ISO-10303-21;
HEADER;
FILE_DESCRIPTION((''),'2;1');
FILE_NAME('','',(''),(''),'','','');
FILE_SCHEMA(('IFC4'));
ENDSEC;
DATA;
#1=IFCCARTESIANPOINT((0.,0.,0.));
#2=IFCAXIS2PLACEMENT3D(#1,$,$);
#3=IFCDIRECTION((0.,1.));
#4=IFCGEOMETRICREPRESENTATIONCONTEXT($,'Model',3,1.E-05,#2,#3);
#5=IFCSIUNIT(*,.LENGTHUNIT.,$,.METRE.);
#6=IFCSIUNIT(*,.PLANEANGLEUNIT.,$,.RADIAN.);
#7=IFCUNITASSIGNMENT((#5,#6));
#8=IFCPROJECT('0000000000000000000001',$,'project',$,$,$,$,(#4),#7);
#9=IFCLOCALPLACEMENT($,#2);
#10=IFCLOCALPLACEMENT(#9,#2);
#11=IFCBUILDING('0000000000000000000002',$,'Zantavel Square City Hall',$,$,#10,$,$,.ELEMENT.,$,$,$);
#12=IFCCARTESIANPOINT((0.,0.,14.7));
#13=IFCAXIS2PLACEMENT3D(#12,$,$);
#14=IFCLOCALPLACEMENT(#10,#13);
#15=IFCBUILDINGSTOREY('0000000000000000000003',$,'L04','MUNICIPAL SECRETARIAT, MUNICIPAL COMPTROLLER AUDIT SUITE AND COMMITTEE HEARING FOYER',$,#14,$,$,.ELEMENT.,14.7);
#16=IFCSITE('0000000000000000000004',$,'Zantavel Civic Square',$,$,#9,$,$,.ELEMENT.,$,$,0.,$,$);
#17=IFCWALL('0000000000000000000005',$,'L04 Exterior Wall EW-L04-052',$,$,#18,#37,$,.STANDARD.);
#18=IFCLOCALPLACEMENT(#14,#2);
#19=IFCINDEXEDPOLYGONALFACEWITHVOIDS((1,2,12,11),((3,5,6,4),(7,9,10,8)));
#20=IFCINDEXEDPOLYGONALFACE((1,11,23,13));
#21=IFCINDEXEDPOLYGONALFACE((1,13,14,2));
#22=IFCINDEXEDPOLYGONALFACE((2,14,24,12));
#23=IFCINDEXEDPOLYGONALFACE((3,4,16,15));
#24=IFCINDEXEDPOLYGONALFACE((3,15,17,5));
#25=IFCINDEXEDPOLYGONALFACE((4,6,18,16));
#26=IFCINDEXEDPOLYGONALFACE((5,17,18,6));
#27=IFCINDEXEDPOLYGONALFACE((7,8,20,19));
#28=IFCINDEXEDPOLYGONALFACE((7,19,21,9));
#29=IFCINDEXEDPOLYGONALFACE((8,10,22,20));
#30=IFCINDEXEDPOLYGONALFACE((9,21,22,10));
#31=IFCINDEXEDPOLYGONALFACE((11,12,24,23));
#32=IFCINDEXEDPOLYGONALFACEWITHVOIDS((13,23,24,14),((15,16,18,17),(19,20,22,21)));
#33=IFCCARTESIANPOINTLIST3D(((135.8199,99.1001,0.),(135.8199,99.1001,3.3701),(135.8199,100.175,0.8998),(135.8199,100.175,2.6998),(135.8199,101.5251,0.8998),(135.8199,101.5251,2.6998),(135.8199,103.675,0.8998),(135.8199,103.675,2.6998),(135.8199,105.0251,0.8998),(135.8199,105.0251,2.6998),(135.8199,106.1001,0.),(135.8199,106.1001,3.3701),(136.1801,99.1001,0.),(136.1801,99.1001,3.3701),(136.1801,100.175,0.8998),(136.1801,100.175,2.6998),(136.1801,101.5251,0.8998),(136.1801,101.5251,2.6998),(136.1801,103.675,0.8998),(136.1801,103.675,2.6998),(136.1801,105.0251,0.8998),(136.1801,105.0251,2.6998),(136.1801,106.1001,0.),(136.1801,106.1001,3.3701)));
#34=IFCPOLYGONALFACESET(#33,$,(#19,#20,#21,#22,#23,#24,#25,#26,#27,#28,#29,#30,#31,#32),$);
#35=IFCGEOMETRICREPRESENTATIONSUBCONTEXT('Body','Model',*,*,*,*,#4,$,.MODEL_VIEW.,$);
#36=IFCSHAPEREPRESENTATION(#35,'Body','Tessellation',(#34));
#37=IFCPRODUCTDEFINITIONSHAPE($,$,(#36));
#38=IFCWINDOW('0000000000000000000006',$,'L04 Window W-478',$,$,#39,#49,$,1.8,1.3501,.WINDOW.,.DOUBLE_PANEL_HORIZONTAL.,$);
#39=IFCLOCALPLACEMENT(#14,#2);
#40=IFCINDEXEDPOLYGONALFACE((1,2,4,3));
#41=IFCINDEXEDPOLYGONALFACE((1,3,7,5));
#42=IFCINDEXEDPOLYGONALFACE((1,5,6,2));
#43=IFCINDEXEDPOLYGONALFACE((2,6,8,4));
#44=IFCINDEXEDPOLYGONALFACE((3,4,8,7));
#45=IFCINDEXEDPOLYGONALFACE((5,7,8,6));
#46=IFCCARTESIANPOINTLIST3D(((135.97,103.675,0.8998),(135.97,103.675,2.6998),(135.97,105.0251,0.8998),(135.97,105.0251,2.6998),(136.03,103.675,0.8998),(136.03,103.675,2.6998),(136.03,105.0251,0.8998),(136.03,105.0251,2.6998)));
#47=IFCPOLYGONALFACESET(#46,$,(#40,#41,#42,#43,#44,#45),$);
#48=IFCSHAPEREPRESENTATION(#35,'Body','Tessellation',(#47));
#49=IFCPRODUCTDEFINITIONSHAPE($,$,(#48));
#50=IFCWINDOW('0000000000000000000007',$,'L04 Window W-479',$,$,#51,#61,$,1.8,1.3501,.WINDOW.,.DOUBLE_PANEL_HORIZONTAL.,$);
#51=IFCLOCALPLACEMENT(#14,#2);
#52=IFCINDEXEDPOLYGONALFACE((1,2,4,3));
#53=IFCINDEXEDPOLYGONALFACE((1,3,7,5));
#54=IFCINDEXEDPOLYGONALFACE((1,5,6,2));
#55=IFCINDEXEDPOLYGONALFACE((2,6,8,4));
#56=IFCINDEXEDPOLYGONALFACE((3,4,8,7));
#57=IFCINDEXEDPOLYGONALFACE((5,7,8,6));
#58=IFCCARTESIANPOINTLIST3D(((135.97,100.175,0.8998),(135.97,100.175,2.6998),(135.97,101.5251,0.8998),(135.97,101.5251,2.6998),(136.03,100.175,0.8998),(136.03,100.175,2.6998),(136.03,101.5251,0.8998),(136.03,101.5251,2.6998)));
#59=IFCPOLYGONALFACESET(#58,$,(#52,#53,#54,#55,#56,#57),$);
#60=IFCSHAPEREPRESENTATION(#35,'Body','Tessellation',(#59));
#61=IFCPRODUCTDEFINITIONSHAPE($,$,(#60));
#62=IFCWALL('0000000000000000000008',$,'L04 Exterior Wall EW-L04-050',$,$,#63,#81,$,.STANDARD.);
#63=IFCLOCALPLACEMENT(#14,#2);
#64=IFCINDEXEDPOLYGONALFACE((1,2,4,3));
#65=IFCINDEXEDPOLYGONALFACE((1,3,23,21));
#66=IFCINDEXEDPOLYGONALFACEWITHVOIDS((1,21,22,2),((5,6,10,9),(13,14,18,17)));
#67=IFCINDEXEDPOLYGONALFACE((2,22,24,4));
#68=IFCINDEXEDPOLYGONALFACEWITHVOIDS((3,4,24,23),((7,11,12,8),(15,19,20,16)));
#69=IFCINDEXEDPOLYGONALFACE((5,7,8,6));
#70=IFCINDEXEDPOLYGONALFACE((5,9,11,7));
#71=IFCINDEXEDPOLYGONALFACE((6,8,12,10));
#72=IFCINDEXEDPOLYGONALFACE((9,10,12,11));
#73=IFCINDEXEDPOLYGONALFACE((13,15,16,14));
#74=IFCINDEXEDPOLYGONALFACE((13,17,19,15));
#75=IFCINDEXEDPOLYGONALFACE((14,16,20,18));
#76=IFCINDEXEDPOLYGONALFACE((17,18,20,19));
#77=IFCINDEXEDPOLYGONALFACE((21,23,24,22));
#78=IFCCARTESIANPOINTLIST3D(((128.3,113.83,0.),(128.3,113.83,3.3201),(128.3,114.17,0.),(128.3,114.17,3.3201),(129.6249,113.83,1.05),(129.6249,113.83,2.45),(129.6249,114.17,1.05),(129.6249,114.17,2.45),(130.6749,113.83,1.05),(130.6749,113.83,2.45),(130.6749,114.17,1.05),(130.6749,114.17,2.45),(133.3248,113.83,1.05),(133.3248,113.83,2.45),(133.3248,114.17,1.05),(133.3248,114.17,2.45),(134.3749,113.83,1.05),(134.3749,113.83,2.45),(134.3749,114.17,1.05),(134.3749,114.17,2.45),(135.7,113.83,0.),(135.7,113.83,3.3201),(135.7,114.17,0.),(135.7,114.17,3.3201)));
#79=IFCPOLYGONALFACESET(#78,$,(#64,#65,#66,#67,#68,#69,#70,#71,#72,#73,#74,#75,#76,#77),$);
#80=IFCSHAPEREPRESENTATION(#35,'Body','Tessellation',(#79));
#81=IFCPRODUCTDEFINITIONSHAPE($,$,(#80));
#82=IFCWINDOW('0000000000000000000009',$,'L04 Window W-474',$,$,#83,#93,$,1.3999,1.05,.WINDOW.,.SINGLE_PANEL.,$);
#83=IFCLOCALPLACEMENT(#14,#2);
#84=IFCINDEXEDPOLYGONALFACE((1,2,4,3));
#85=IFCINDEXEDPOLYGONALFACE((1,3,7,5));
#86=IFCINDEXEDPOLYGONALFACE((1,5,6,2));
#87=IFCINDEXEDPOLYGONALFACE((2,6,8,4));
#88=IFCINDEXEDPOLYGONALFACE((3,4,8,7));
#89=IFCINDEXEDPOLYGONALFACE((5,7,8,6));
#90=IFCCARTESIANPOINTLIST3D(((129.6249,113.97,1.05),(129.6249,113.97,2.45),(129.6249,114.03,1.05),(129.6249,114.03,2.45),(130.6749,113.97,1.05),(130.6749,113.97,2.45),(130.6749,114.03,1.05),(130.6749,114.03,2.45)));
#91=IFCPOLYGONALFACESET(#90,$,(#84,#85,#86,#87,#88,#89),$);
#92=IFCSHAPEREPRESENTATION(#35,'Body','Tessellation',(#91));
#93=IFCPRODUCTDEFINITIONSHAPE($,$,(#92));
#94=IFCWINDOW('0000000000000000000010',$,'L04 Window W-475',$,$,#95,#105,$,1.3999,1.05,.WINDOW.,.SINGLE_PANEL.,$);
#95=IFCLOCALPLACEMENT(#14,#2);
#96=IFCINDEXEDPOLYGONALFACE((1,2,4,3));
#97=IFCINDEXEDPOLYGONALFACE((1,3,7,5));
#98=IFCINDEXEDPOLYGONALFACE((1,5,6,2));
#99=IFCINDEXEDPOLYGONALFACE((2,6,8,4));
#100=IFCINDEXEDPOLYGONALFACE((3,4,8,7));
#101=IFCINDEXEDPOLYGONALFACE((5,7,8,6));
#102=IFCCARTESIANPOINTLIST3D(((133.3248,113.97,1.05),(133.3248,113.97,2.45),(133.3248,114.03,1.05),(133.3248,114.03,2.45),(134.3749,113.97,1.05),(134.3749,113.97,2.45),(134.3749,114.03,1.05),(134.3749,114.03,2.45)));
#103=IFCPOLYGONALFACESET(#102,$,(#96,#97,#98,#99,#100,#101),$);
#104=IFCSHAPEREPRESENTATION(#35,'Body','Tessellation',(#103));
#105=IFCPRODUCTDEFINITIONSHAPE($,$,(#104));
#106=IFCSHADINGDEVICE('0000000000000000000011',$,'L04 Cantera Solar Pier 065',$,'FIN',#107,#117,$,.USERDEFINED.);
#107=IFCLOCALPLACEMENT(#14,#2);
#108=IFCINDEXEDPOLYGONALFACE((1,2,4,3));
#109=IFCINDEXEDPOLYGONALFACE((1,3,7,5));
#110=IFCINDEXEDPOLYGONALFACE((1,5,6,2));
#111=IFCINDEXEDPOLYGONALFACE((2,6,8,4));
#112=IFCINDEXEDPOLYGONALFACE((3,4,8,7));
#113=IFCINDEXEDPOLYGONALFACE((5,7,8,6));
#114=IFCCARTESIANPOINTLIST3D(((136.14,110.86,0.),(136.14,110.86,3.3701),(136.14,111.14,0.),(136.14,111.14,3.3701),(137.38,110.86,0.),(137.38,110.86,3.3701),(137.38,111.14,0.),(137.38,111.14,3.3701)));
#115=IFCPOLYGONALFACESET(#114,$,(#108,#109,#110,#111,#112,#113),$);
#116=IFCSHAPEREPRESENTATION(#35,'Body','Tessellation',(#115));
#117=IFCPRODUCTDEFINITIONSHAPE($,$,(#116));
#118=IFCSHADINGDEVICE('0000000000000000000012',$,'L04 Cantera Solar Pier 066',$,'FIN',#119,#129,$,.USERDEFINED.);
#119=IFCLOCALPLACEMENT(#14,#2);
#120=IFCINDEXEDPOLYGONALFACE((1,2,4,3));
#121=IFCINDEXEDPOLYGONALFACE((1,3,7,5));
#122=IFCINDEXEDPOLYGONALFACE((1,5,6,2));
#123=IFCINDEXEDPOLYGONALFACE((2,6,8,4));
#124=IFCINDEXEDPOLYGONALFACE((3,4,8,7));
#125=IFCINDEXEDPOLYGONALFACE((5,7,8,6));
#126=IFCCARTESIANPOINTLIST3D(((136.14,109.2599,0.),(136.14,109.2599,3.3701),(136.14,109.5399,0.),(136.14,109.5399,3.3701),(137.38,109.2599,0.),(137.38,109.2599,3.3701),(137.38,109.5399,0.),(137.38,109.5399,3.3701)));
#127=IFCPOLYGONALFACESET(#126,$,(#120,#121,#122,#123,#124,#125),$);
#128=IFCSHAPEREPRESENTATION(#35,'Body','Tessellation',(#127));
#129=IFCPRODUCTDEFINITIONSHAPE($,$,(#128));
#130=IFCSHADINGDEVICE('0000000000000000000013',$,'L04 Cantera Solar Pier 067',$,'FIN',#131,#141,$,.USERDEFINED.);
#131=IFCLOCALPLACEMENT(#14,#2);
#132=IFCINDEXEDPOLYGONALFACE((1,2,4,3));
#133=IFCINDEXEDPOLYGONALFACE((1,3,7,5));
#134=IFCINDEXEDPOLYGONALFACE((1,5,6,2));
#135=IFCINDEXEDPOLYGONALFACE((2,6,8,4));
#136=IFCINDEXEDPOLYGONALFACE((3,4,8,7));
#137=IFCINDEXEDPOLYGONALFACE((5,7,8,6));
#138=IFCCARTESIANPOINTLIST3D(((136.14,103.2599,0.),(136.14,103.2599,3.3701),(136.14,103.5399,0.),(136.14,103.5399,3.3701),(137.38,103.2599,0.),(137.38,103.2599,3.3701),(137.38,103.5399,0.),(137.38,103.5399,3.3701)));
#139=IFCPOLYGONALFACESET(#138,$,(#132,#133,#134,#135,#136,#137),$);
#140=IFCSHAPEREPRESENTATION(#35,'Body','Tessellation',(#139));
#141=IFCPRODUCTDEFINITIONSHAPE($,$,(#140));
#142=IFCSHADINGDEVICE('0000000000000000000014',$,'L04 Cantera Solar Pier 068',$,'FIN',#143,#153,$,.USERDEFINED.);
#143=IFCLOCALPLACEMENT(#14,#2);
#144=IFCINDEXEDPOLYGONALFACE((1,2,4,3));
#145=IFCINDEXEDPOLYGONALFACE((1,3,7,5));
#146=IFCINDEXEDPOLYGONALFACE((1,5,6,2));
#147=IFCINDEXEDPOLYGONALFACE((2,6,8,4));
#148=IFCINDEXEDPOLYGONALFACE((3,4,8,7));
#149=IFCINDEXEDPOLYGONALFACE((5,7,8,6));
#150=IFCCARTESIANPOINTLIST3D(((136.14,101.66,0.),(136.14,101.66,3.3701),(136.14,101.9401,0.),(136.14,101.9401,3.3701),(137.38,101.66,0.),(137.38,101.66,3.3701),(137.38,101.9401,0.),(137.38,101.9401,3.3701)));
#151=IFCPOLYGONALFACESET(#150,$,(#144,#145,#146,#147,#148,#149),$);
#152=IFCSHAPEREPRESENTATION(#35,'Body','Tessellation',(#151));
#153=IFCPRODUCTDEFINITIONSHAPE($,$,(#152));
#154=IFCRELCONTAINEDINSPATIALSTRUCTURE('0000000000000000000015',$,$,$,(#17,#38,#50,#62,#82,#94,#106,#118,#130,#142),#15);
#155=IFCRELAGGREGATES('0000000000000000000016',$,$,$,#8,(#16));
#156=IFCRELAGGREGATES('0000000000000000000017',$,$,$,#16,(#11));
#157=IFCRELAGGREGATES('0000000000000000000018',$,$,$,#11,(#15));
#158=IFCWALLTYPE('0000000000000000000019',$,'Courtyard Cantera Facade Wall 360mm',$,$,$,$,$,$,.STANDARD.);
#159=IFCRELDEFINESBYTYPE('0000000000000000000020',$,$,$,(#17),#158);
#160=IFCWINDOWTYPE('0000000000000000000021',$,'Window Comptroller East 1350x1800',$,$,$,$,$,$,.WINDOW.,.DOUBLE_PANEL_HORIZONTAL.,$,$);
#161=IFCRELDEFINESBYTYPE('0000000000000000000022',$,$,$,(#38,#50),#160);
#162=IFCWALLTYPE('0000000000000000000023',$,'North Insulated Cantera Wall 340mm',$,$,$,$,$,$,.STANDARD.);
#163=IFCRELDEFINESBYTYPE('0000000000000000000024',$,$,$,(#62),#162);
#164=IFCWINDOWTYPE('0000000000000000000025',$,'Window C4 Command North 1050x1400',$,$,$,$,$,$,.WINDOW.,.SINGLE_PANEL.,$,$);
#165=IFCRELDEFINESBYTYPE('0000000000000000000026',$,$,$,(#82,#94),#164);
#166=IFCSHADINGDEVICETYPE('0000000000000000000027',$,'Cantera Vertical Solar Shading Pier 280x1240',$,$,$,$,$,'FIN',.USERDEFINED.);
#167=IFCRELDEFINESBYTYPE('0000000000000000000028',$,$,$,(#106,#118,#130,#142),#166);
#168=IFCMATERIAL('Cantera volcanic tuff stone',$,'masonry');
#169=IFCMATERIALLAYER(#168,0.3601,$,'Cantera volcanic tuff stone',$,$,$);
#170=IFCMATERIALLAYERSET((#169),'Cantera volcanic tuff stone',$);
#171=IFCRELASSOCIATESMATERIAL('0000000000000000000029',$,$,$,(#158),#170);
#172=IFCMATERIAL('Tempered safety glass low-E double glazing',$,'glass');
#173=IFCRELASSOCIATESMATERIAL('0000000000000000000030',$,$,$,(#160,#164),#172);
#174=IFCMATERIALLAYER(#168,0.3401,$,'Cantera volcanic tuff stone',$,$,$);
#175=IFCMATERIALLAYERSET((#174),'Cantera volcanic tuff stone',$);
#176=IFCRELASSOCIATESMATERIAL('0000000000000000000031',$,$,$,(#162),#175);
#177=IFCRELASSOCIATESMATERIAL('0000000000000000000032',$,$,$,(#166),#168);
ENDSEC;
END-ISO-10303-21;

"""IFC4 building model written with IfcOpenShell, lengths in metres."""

from ifc_helpers import new_model, si_unit, direction, frame, frame_2d, origin, origin_2d, place, context, subcontext, project, spatial, rectangle, extrude, material, layer, layer_set, type_object, element, fill, save


model = new_model("IFC4")

# Units and contexts
model_context = context("Model", 3, precision=1e-05, world=origin(), true_north=direction((0.0, 1.0)))
body_context = subcontext(model_context, "Body", "Model", "MODEL_VIEW")
ifc_project = project(units=[si_unit("LENGTHUNIT", "METRE"), si_unit("PLANEANGLEUNIT", "RADIAN")], contexts=[model_context])

# Site, building, storey
site_placement = place(None, origin())
site = spatial("IfcSite", under=ifc_project, at=site_placement, Name="Zantavel Civic Square", CompositionType="ELEMENT", RefElevation=0.0)
building_placement = place(site_placement, origin())
building = spatial("IfcBuilding", under=site, at=building_placement, Name="Zantavel Square City Hall", CompositionType="ELEMENT")
storey_placement = place(building_placement, frame((0.0, 0.0, 14.7)))
storey = spatial("IfcBuildingStorey", under=building, at=storey_placement, Name="L04", Description="MUNICIPAL SECRETARIAT, MUNICIPAL COMPTROLLER AUDIT SUITE AND COMMITTEE HEARING FOYER", CompositionType="ELEMENT", Elevation=14.7)

# Walls, openings, windows
ifc_material_1 = material(Name="Cantera volcanic tuff stone", Category="masonry")
ifc_layer_1 = layer(ifc_material_1, 0.3601, Name="Cantera volcanic tuff stone")
ifc_layer_set_1 = layer_set([ifc_layer_1], Name="Cantera volcanic tuff stone")
wall_type_1 = type_object("IfcWallType", Name="Courtyard Cantera Facade Wall 360mm", PredefinedType="STANDARD", material=ifc_layer_set_1)
ifc_material_2 = material(Name="Tempered safety glass low-E double glazing", Category="glass")
window_type_1 = type_object("IfcWindowType", Name="Window Comptroller East 1350x1800", PartitioningType="DOUBLE_PANEL_HORIZONTAL", PredefinedType="WINDOW", material=ifc_material_2)
wall_1_placement = place(storey_placement, frame((136.0, 106.1001, 0.0), z_axis=(0.0, 0.0, 1.0), x_axis=(0.0, -1.0, 0.0)))
wall_1 = element("IfcWall", 1, at=wall_1_placement, inside=storey, type_object=wall_type_1, Name="L04 Exterior Wall EW-L04-052", PredefinedType="STANDARD", context=body_context, shape_type="SweptSolid", body=[
    extrude(rectangle(XDim=7.0, YDim=0.3601, at=frame_2d((3.5, 0.0))), origin(), (0.0, 0.0, 1.0), 3.3701),
])
opening_1_placement = place(wall_1_placement, frame((1.075, 0.0, 0.8999)))
opening_1 = element("IfcOpeningElement", 2, at=opening_1_placement, cuts=wall_1, PredefinedType="OPENING", context=body_context, shape_type="SweptSolid", body=[
    extrude(rectangle(XDim=1.3501, YDim=1.8, at=frame_2d((0.675, 0.8999))), frame((0.0, 0.1899, 0.0), z_axis=(0.0, -1.0, 0.0), x_axis=(1.0, 0.0, 0.0)), (0.0, 0.0, 1.0), 0.3801),
])
opening_2_placement = place(wall_1_placement, frame((4.575, 0.0, 0.8999)))
opening_2 = element("IfcOpeningElement", 3, at=opening_2_placement, cuts=wall_1, PredefinedType="OPENING", context=body_context, shape_type="SweptSolid", body=[
    extrude(rectangle(XDim=1.3501, YDim=1.8, at=frame_2d((0.675, 0.8999))), frame((0.0, 0.1899, 0.0), z_axis=(0.0, -1.0, 0.0), x_axis=(1.0, 0.0, 0.0)), (0.0, 0.0, 1.0), 0.3801),
])
window_1_placement = place(opening_1_placement, origin())
window_1 = element("IfcWindow", 4, at=window_1_placement, inside=storey, type_object=window_type_1, Name="L04 Window W-478", OverallHeight=1.8, OverallWidth=1.3501, PartitioningType="DOUBLE_PANEL_HORIZONTAL", PredefinedType="WINDOW", context=body_context, shape_type="SweptSolid", body=[
    extrude(rectangle(XDim=1.3501, YDim=1.8, at=frame_2d((0.675, 0.8999))), frame((0.0, 0.03, 0.0), z_axis=(0.0, -1.0, 0.0), x_axis=(1.0, 0.0, 0.0)), (0.0, 0.0, 1.0), 0.0601),
])
fill(opening_1, window_1)
window_2_placement = place(opening_2_placement, origin())
window_2 = element("IfcWindow", 5, at=window_2_placement, inside=storey, type_object=window_type_1, Name="L04 Window W-479", OverallHeight=1.8, OverallWidth=1.3501, PartitioningType="DOUBLE_PANEL_HORIZONTAL", PredefinedType="WINDOW", context=body_context, shape_type="SweptSolid", body=[
    extrude(rectangle(XDim=1.3501, YDim=1.8, at=frame_2d((0.675, 0.8999))), frame((0.0, 0.03, 0.0), z_axis=(0.0, -1.0, 0.0), x_axis=(1.0, 0.0, 0.0)), (0.0, 0.0, 1.0), 0.0601),
])
fill(opening_2, window_2)
ifc_layer_2 = layer(ifc_material_1, 0.3401, Name="Cantera volcanic tuff stone")
ifc_layer_set_2 = layer_set([ifc_layer_2], Name="Cantera volcanic tuff stone")
wall_type_2 = type_object("IfcWallType", Name="North Insulated Cantera Wall 340mm", PredefinedType="STANDARD", material=ifc_layer_set_2)
wall_2_placement = place(storey_placement, frame((128.3, 114.0, 0.0), z_axis=(0.0, 0.0, 1.0), x_axis=(1.0, 0.0, 0.0)))
wall_2 = element("IfcWall", 6, at=wall_2_placement, inside=storey, type_object=wall_type_2, Name="L04 Exterior Wall EW-L04-050", PredefinedType="STANDARD", context=body_context, shape_type="SweptSolid", body=[
    extrude(rectangle(XDim=7.3999, YDim=0.3401, at=frame_2d((3.7, 0.0))), origin(), (0.0, 0.0, 1.0), 3.3201),
])
opening_3_placement = place(wall_2_placement, frame((1.325, 0.0, 1.05)))
opening_3 = element("IfcOpeningElement", 7, at=opening_3_placement, cuts=wall_2, PredefinedType="OPENING", context=body_context, shape_type="SweptSolid", body=[
    extrude(rectangle(XDim=1.05, YDim=1.3999, at=frame_2d((0.5249, 0.7))), frame((0.0, 0.1799, 0.0), z_axis=(0.0, -1.0, 0.0), x_axis=(1.0, 0.0, 0.0)), (0.0, 0.0, 1.0), 0.3601),
])
opening_4_placement = place(wall_2_placement, frame((5.0249, 0.0, 1.05)))
opening_4 = element("IfcOpeningElement", 8, at=opening_4_placement, cuts=wall_2, PredefinedType="OPENING", context=body_context, shape_type="SweptSolid", body=[
    extrude(rectangle(XDim=1.05, YDim=1.3999, at=frame_2d((0.5249, 0.7))), frame((0.0, 0.1799, 0.0), z_axis=(0.0, -1.0, 0.0), x_axis=(1.0, 0.0, 0.0)), (0.0, 0.0, 1.0), 0.3601),
])
window_type_2 = type_object("IfcWindowType", Name="Window C4 Command North 1050x1400", PartitioningType="SINGLE_PANEL", PredefinedType="WINDOW", material=ifc_material_2)
window_3_placement = place(opening_3_placement, origin())
window_3 = element("IfcWindow", 9, at=window_3_placement, inside=storey, type_object=window_type_2, Name="L04 Window W-474", OverallHeight=1.3999, OverallWidth=1.05, PartitioningType="SINGLE_PANEL", PredefinedType="WINDOW", context=body_context, shape_type="SweptSolid", body=[
    extrude(rectangle(XDim=1.05, YDim=1.3999, at=frame_2d((0.5249, 0.7))), frame((0.0, 0.03, 0.0), z_axis=(0.0, -1.0, 0.0), x_axis=(1.0, 0.0, 0.0)), (0.0, 0.0, 1.0), 0.0601),
])
fill(opening_3, window_3)
window_4_placement = place(opening_4_placement, origin())
window_4 = element("IfcWindow", 10, at=window_4_placement, inside=storey, type_object=window_type_2, Name="L04 Window W-475", OverallHeight=1.3999, OverallWidth=1.05, PartitioningType="SINGLE_PANEL", PredefinedType="WINDOW", context=body_context, shape_type="SweptSolid", body=[
    extrude(rectangle(XDim=1.05, YDim=1.3999, at=frame_2d((0.5249, 0.7))), frame((0.0, 0.03, 0.0), z_axis=(0.0, -1.0, 0.0), x_axis=(1.0, 0.0, 0.0)), (0.0, 0.0, 1.0), 0.0601),
])
fill(opening_4, window_4)

# Shading devices
shading_device_type = type_object("IfcShadingDeviceType", Name="Cantera Vertical Solar Shading Pier 280x1240", ElementType="FIN", PredefinedType="USERDEFINED", material=ifc_material_1)
for number, where, z_axis, x_axis, name in (
    (11, (136.76, 111.0, 0.0), (0.0, 0.0, 1.0), (1.0, 0.0, 0.0), "L04 Cantera Solar Pier 065"),
    (12, (136.76, 109.3999, 0.0), (0.0, 0.0, 1.0), (1.0, 0.0, 0.0), "L04 Cantera Solar Pier 066"),
    (13, (136.76, 103.3999, 0.0), (0.0, 0.0, 1.0), (1.0, 0.0, 0.0), "L04 Cantera Solar Pier 067"),
    (14, (136.76, 101.8, 0.0), (0.0, 0.0, 1.0), (1.0, 0.0, 0.0), "L04 Cantera Solar Pier 068"),
):
    element("IfcShadingDevice", number, at=place(storey_placement, frame(where, z_axis=z_axis, x_axis=x_axis)), inside=storey, type_object=shading_device_type, Name=name, ObjectType="FIN", PredefinedType="USERDEFINED", context=body_context, shape_type="SweptSolid", body=[
        extrude(rectangle(XDim=1.24, YDim=0.28, at=origin_2d()), origin(), (0.0, 0.0, 1.0), 3.3701),
    ])

save(model, "model.ifc")
